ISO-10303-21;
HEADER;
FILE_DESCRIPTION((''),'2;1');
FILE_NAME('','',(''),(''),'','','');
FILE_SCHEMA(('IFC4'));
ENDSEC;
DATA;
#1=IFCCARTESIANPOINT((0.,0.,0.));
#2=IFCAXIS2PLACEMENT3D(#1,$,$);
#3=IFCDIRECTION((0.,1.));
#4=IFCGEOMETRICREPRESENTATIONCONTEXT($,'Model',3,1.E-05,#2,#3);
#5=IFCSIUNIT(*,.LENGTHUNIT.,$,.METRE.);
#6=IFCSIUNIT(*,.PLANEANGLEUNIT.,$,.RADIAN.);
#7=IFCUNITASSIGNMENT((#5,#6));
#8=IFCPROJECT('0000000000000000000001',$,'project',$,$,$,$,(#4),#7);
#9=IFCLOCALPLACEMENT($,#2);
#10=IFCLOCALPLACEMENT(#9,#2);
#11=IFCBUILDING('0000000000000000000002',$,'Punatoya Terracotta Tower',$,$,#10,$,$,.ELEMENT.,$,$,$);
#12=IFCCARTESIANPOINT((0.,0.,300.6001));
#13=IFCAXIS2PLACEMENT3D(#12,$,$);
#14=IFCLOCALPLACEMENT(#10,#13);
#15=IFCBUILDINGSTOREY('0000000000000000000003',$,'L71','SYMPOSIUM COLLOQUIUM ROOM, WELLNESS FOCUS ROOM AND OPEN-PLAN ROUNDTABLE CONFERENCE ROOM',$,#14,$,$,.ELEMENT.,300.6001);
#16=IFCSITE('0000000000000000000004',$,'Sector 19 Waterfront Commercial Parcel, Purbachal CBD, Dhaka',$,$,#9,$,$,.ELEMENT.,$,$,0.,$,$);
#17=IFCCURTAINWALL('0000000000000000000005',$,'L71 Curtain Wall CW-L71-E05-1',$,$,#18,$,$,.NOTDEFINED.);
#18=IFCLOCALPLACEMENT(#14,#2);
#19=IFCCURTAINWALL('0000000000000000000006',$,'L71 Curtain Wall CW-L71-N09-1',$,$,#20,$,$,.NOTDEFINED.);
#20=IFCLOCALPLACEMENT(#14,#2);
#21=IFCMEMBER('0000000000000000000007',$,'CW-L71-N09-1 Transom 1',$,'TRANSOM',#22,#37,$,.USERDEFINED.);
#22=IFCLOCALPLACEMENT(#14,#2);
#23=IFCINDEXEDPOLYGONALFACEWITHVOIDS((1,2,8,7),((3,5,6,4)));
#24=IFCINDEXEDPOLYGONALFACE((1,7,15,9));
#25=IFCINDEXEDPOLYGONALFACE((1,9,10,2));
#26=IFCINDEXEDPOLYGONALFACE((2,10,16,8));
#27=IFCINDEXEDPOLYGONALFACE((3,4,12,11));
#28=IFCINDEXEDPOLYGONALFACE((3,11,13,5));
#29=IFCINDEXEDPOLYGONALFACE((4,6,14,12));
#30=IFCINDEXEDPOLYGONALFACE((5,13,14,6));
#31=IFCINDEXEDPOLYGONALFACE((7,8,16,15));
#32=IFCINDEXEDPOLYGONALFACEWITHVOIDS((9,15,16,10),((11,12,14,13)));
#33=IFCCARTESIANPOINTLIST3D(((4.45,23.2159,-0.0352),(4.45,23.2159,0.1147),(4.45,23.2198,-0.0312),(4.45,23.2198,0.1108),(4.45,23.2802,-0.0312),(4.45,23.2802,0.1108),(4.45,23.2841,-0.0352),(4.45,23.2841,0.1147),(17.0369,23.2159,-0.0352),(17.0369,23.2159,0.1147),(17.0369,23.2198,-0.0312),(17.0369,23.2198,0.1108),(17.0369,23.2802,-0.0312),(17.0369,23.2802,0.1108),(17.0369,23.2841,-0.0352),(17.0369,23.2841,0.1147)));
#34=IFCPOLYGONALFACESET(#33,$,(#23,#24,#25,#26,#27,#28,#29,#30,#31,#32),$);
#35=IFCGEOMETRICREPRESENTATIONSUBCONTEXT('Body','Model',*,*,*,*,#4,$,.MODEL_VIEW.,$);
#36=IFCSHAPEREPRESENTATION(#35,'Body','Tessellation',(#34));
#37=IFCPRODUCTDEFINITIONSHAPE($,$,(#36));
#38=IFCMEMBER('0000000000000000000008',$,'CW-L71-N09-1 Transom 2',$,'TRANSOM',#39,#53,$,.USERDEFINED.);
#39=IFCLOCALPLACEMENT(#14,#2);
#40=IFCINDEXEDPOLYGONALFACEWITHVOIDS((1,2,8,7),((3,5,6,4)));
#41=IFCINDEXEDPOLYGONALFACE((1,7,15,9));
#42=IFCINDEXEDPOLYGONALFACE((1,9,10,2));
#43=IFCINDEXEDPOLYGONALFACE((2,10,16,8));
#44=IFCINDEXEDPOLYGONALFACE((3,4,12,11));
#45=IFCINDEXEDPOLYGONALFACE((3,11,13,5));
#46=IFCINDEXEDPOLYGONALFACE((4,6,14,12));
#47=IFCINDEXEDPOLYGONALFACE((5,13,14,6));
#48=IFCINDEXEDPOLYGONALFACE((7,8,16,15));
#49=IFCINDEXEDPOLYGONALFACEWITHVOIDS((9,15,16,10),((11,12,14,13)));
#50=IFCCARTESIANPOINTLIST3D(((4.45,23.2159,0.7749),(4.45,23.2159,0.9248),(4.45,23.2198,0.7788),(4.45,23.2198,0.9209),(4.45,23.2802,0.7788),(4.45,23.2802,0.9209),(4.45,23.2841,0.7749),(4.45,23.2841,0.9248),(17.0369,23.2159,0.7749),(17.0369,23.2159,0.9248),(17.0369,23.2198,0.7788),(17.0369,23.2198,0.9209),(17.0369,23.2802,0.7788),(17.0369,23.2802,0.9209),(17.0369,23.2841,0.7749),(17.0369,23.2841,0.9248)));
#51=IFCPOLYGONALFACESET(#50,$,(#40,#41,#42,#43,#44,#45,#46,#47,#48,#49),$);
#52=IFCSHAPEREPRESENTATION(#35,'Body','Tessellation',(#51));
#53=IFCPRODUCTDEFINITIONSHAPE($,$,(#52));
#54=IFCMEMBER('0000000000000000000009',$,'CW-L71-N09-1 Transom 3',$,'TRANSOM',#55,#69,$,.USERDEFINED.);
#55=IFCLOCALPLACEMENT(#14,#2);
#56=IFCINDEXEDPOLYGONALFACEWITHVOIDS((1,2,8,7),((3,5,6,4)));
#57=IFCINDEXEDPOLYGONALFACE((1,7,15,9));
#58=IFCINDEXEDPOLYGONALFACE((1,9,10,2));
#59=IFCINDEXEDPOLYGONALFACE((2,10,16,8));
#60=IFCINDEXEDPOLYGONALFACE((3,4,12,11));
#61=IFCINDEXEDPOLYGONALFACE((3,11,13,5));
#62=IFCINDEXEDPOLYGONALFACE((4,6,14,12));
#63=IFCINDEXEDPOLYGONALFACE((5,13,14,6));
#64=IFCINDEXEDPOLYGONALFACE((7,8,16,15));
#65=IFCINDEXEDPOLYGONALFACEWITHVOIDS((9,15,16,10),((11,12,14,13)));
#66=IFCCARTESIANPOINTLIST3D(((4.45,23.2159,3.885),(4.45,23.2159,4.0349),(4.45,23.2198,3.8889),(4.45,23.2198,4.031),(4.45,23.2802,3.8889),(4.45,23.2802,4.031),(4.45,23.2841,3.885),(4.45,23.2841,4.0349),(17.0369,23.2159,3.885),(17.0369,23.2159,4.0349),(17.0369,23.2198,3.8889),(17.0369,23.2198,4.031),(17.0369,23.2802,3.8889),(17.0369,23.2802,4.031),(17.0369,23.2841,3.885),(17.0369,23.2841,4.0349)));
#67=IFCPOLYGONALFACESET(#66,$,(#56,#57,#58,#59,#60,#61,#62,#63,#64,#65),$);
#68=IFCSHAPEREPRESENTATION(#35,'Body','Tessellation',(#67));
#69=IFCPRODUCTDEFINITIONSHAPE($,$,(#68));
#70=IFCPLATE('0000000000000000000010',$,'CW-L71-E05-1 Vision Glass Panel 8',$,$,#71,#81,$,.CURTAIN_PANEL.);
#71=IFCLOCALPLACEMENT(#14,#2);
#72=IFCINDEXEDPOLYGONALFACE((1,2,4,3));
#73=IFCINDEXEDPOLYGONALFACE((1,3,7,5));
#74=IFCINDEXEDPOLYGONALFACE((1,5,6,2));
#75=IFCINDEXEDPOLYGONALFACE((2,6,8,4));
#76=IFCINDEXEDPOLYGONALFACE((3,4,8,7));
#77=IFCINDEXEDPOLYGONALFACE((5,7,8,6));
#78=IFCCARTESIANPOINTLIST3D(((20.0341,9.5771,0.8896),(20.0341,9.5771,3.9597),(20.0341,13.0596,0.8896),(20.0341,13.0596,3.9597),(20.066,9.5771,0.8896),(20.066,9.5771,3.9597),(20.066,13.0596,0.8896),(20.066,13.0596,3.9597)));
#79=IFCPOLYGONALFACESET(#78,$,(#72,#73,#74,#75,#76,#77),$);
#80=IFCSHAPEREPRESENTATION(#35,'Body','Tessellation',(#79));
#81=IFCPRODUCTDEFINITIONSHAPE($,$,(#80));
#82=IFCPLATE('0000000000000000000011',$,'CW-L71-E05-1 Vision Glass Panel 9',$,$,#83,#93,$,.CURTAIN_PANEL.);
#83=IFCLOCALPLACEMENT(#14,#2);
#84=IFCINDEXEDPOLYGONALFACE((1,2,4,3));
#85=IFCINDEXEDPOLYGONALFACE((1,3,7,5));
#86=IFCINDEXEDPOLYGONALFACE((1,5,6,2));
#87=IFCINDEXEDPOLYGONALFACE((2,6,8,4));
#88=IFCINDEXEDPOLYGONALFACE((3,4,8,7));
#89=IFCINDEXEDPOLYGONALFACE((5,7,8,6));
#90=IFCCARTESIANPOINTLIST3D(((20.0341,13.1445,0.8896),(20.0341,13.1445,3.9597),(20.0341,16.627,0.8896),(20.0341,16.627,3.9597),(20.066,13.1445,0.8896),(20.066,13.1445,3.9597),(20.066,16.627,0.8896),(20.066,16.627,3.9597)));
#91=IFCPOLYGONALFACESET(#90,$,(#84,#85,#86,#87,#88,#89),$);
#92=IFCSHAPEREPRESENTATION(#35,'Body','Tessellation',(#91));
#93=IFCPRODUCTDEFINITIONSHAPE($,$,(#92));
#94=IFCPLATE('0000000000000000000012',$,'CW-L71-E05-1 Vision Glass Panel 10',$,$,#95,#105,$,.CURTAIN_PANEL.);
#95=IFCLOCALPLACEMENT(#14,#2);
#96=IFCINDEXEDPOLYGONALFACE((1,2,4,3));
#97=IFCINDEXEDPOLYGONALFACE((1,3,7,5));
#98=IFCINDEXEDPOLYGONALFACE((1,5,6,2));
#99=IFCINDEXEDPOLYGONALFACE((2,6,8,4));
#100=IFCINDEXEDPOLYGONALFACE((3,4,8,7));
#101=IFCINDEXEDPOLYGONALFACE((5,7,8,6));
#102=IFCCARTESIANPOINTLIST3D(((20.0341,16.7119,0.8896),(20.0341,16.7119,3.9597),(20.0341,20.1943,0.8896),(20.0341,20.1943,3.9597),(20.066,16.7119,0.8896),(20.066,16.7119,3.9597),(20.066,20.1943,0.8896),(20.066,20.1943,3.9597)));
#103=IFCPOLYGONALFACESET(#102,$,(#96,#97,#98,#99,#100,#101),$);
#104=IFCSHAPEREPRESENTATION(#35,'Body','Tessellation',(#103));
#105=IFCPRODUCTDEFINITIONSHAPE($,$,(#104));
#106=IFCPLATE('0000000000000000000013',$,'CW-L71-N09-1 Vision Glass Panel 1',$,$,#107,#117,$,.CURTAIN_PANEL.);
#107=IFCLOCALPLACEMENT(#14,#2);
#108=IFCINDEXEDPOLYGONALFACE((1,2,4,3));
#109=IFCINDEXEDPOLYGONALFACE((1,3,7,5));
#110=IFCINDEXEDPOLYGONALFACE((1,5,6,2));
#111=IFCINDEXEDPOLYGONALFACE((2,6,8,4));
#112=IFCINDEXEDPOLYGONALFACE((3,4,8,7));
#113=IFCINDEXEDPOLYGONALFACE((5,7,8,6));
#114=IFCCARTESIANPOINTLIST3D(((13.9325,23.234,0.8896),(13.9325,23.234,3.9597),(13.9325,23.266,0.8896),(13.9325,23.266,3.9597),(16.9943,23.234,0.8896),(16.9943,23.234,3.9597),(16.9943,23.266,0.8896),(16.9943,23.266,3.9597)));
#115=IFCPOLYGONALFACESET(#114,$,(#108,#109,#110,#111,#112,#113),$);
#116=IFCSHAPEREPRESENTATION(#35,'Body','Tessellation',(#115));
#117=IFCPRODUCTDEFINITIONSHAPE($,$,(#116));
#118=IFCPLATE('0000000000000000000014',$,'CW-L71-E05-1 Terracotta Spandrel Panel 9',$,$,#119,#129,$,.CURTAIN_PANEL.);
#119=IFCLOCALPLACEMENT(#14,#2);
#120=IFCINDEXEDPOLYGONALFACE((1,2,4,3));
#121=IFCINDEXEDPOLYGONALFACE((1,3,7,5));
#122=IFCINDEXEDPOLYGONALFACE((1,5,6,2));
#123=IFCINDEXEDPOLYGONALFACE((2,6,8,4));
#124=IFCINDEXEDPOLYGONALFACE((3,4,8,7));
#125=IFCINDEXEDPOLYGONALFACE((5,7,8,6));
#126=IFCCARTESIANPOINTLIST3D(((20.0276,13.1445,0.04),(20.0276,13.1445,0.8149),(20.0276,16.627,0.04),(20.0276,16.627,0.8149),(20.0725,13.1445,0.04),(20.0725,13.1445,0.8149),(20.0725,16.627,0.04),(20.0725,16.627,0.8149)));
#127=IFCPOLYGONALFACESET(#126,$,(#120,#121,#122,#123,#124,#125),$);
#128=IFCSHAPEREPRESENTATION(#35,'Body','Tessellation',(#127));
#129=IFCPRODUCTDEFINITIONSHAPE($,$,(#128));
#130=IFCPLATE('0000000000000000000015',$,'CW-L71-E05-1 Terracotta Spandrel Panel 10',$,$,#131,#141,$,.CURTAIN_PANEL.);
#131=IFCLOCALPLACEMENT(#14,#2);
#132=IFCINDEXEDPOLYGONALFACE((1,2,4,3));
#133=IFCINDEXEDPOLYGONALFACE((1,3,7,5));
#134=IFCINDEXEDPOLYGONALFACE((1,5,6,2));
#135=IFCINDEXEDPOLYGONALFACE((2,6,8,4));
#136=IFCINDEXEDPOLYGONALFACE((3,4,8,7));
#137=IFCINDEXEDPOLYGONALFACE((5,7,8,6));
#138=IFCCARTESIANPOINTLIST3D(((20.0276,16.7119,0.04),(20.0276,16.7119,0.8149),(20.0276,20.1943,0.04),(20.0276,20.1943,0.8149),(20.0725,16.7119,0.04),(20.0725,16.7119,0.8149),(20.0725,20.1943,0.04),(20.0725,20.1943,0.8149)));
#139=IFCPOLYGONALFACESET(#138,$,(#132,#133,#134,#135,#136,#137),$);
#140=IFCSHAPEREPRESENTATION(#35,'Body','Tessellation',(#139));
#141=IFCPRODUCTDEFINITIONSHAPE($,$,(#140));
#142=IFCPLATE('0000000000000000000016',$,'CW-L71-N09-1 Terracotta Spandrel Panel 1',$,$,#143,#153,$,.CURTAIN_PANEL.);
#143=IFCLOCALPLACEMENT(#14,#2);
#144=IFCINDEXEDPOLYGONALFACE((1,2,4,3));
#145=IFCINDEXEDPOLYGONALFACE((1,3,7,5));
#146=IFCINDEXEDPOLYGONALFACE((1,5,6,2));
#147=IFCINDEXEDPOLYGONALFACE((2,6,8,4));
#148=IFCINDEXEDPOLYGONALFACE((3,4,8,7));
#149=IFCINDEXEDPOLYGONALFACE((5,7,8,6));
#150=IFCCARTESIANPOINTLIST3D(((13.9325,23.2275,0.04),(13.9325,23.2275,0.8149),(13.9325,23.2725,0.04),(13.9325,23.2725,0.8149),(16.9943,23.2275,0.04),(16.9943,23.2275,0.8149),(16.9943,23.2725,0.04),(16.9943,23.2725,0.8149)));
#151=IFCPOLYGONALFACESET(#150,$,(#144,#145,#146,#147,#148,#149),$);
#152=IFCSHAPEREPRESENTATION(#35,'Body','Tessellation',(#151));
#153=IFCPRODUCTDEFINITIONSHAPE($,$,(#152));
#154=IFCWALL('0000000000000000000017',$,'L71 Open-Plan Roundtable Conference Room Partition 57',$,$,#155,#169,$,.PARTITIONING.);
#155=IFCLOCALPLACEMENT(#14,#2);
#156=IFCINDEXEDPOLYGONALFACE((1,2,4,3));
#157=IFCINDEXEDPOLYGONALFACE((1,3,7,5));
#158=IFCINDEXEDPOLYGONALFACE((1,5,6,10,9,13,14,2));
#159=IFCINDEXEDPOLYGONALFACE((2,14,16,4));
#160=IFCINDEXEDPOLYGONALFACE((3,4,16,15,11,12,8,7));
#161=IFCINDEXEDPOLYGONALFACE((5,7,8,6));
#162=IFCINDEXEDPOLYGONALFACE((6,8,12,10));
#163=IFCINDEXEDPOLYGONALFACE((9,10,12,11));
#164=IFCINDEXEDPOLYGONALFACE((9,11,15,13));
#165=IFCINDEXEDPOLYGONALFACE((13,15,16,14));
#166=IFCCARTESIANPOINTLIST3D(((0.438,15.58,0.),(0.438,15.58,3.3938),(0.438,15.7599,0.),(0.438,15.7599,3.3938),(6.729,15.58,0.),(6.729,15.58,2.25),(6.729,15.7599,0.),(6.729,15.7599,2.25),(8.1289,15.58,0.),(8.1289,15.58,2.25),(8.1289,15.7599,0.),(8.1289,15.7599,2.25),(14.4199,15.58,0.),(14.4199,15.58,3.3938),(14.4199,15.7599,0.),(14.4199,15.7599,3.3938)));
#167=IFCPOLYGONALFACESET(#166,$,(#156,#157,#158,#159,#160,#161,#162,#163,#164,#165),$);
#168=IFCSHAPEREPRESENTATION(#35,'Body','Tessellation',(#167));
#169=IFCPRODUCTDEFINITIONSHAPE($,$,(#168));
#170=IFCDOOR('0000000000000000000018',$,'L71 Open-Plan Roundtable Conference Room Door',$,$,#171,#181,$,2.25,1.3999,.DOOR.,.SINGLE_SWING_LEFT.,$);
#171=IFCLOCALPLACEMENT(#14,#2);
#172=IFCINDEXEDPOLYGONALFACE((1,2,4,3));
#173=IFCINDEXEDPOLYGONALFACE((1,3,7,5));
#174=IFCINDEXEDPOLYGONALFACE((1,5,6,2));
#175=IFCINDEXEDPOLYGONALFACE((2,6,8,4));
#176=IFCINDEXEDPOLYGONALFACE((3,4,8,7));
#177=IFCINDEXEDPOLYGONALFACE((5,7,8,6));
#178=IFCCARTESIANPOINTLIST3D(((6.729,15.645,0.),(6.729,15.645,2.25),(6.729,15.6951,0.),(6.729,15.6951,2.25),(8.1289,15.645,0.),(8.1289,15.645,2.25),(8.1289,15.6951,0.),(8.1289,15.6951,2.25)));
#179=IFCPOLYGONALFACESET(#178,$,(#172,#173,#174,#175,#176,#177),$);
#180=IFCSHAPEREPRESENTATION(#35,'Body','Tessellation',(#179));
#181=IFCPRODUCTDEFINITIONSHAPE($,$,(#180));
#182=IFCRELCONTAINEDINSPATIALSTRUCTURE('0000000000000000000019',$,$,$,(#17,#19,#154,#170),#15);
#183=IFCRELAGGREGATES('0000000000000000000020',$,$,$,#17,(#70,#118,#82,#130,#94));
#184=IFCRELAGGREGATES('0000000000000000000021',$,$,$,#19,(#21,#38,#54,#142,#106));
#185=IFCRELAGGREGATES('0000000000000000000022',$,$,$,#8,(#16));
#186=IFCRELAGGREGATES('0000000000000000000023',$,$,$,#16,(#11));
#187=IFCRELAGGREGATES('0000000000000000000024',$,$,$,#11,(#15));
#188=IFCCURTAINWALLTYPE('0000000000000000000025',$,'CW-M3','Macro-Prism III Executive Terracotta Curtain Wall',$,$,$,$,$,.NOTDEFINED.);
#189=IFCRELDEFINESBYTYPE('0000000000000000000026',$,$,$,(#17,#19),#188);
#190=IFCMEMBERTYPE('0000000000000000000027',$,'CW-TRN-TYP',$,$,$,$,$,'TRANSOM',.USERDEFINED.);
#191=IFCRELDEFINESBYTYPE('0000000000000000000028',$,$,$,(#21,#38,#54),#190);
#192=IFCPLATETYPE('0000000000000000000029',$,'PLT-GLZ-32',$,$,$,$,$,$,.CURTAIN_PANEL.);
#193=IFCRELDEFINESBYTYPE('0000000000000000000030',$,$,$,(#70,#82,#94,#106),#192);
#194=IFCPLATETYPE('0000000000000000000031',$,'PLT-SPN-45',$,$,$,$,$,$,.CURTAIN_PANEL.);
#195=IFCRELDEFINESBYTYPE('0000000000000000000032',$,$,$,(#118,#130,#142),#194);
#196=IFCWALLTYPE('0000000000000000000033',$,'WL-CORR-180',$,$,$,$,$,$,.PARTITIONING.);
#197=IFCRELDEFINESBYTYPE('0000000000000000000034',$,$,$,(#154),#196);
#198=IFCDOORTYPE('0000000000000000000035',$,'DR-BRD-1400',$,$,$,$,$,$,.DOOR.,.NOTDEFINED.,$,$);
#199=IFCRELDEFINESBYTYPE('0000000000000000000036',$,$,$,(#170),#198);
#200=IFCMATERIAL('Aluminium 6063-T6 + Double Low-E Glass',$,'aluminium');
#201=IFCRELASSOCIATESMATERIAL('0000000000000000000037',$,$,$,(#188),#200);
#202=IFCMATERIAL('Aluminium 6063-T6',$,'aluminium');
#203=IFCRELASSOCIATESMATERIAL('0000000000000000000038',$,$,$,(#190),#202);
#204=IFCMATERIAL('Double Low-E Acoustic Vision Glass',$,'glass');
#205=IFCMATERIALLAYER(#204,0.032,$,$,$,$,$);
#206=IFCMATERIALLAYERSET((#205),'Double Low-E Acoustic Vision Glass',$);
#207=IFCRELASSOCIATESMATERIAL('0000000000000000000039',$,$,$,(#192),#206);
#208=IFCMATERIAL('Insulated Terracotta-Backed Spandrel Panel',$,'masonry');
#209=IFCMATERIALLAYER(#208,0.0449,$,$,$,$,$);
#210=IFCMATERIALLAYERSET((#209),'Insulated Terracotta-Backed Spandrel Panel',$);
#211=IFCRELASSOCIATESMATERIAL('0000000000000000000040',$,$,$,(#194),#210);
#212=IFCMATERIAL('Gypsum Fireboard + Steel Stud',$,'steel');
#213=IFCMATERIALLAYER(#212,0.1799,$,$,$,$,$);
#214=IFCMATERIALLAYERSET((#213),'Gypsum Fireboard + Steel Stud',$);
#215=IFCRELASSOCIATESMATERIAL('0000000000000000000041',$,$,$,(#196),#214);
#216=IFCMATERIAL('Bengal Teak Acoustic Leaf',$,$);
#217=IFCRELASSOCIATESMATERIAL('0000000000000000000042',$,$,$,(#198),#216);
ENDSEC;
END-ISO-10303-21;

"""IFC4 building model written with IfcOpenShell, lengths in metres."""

from ifc_helpers import new_model, si_unit, direction, frame, frame_2d, origin, origin_2d, place, context, subcontext, project, spatial, rectangle, hollow_rectangle, extrude, material, layer, layer_set, material_profile, profile_set, type_object, element, fill, aggregate, save


model = new_model("IFC4")

# Units and contexts
model_context = context("Model", 3, precision=1e-05, world=origin(), true_north=direction((0.0, 1.0)))
body_context = subcontext(model_context, "Body", "Model", "MODEL_VIEW")
ifc_project = project(units=[si_unit("LENGTHUNIT", "METRE"), si_unit("PLANEANGLEUNIT", "RADIAN")], contexts=[model_context])

# Site, building, storey
site_placement = place(None, origin())
site = spatial("IfcSite", under=ifc_project, at=site_placement, Name="Sector 19 Waterfront Commercial Parcel, Purbachal CBD, Dhaka", CompositionType="ELEMENT", RefElevation=0.0)
building_placement = place(site_placement, origin())
building = spatial("IfcBuilding", under=site, at=building_placement, Name="Punatoya Terracotta Tower", CompositionType="ELEMENT")
storey_placement = place(building_placement, frame((0.0, 0.0, 300.6001)))
storey = spatial("IfcBuildingStorey", under=building, at=storey_placement, Name="L71", Description="SYMPOSIUM COLLOQUIUM ROOM, WELLNESS FOCUS ROOM AND OPEN-PLAN ROUNDTABLE CONFERENCE ROOM", CompositionType="ELEMENT", Elevation=300.6001)

# Curtain walls, members
ifc_material_1 = material(Name="Aluminium 6063-T6 + Double Low-E Glass", Category="aluminium")
curtain_wall_type = type_object("IfcCurtainWallType", Name="CW-M3", Description="Macro-Prism III Executive Terracotta Curtain Wall", PredefinedType="NOTDEFINED", material=ifc_material_1)
curtain_wall_1_placement = place(storey_placement, origin())
curtain_wall_1 = element("IfcCurtainWall", 1, at=curtain_wall_1_placement, inside=storey, type_object=curtain_wall_type, Name="L71 Curtain Wall CW-L71-E05-1", PredefinedType="NOTDEFINED")
ifc_material_2 = material(Name="Aluminium 6063-T6", Category="aluminium")
curtain_wall_2_placement = place(storey_placement, origin())
curtain_wall_2 = element("IfcCurtainWall", 2, at=curtain_wall_2_placement, inside=storey, type_object=curtain_wall_type, Name="L71 Curtain Wall CW-L71-N09-1", PredefinedType="NOTDEFINED")
ifc_material_profile_1 = material_profile(ifc_material_2, hollow_rectangle(XDim=0.0681, YDim=0.1499, WallThickness=0.0039, at=origin_2d()))
ifc_profile_set_1 = profile_set([ifc_material_profile_1], Name="Aluminium 6063-T6")
member_type_1 = type_object("IfcMemberType", Name="CW-TRN-TYP", ElementType="TRANSOM", PredefinedType="USERDEFINED", material=ifc_profile_set_1)
member_1_placement = place(storey_placement, frame((17.0369, 23.25, 0.0398), z_axis=(-1.0, 0.0, 0.0), x_axis=(0.0, -1.0, 0.0)))
member_1 = element("IfcMember", 3, at=member_1_placement, type_object=member_type_1, Name="CW-L71-N09-1 Transom 1", ObjectType="TRANSOM", PredefinedType="USERDEFINED", context=body_context, shape_type="SweptSolid", body=[
    extrude(hollow_rectangle(XDim=0.0681, YDim=0.1499, WallThickness=0.0039, at=origin_2d()), origin(), (0.0, 0.0, 1.0), 12.5869),
])
member_2_placement = place(storey_placement, frame((17.0369, 23.25, 0.8499), z_axis=(-1.0, 0.0, 0.0), x_axis=(0.0, -1.0, 0.0)))
member_2 = element("IfcMember", 4, at=member_2_placement, type_object=member_type_1, Name="CW-L71-N09-1 Transom 2", ObjectType="TRANSOM", PredefinedType="USERDEFINED", context=body_context, shape_type="SweptSolid", body=[
    extrude(hollow_rectangle(XDim=0.0681, YDim=0.1499, WallThickness=0.0039, at=origin_2d()), origin(), (0.0, 0.0, 1.0), 12.5869),
])
member_3_placement = place(storey_placement, frame((17.0369, 23.25, 3.96), z_axis=(-1.0, 0.0, 0.0), x_axis=(0.0, -1.0, 0.0)))
member_3 = element("IfcMember", 5, at=member_3_placement, type_object=member_type_1, Name="CW-L71-N09-1 Transom 3", ObjectType="TRANSOM", PredefinedType="USERDEFINED", context=body_context, shape_type="SweptSolid", body=[
    extrude(hollow_rectangle(XDim=0.0681, YDim=0.1499, WallThickness=0.0039, at=origin_2d()), origin(), (0.0, 0.0, 1.0), 12.5869),
])

# Plates
ifc_material_3 = material(Name="Double Low-E Acoustic Vision Glass", Category="glass")
ifc_layer_1 = layer(ifc_material_3, 0.032)
ifc_layer_set_1 = layer_set([ifc_layer_1], Name="Double Low-E Acoustic Vision Glass")
plate_type_1 = type_object("IfcPlateType", Name="PLT-GLZ-32", PredefinedType="CURTAIN_PANEL", material=ifc_layer_set_1)
plate_1_placement = place(storey_placement, frame((20.05, 11.3184, 0.8896), z_axis=(0.0, 0.0, 1.0), x_axis=(0.0, 1.0, 0.0)))
plate_1 = element("IfcPlate", 6, at=plate_1_placement, type_object=plate_type_1, Name="CW-L71-E05-1 Vision Glass Panel 8", PredefinedType="CURTAIN_PANEL", context=body_context, shape_type="SweptSolid", body=[
    extrude(rectangle(XDim=3.4824, YDim=0.032, at=origin_2d()), origin(), (0.0, 0.0, 1.0), 3.0701),
])
plate_2_placement = place(storey_placement, frame((20.05, 14.8857, 0.8896), z_axis=(0.0, 0.0, 1.0), x_axis=(0.0, 1.0, 0.0)))
plate_2 = element("IfcPlate", 7, at=plate_2_placement, type_object=plate_type_1, Name="CW-L71-E05-1 Vision Glass Panel 9", PredefinedType="CURTAIN_PANEL", context=body_context, shape_type="SweptSolid", body=[
    extrude(rectangle(XDim=3.4824, YDim=0.032, at=origin_2d()), origin(), (0.0, 0.0, 1.0), 3.0701),
])
plate_3_placement = place(storey_placement, frame((20.05, 18.4531, 0.8896), z_axis=(0.0, 0.0, 1.0), x_axis=(0.0, 1.0, 0.0)))
plate_3 = element("IfcPlate", 8, at=plate_3_placement, type_object=plate_type_1, Name="CW-L71-E05-1 Vision Glass Panel 10", PredefinedType="CURTAIN_PANEL", context=body_context, shape_type="SweptSolid", body=[
    extrude(rectangle(XDim=3.4824, YDim=0.032, at=origin_2d()), origin(), (0.0, 0.0, 1.0), 3.0701),
])
plate_4_placement = place(storey_placement, frame((15.4634, 23.25, 0.8896), z_axis=(0.0, 0.0, 1.0), x_axis=(-1.0, 0.0, 0.0)))
plate_4 = element("IfcPlate", 9, at=plate_4_placement, type_object=plate_type_1, Name="CW-L71-N09-1 Vision Glass Panel 1", PredefinedType="CURTAIN_PANEL", context=body_context, shape_type="SweptSolid", body=[
    extrude(rectangle(XDim=3.0618, YDim=0.032, at=origin_2d()), origin(), (0.0, 0.0, 1.0), 3.0701),
])
ifc_material_4 = material(Name="Insulated Terracotta-Backed Spandrel Panel", Category="masonry")
ifc_layer_2 = layer(ifc_material_4, 0.0449)
ifc_layer_set_2 = layer_set([ifc_layer_2], Name="Insulated Terracotta-Backed Spandrel Panel")
plate_type_2 = type_object("IfcPlateType", Name="PLT-SPN-45", PredefinedType="CURTAIN_PANEL", material=ifc_layer_set_2)
plate_5_placement = place(storey_placement, frame((20.05, 14.8857, 0.04), z_axis=(0.0, 0.0, 1.0), x_axis=(0.0, 1.0, 0.0)))
plate_5 = element("IfcPlate", 10, at=plate_5_placement, type_object=plate_type_2, Name="CW-L71-E05-1 Terracotta Spandrel Panel 9", PredefinedType="CURTAIN_PANEL", context=body_context, shape_type="SweptSolid", body=[
    extrude(rectangle(XDim=3.4824, YDim=0.0449, at=origin_2d()), origin(), (0.0, 0.0, 1.0), 0.7749),
])
plate_6_placement = place(storey_placement, frame((20.05, 18.4531, 0.04), z_axis=(0.0, 0.0, 1.0), x_axis=(0.0, 1.0, 0.0)))
plate_6 = element("IfcPlate", 11, at=plate_6_placement, type_object=plate_type_2, Name="CW-L71-E05-1 Terracotta Spandrel Panel 10", PredefinedType="CURTAIN_PANEL", context=body_context, shape_type="SweptSolid", body=[
    extrude(rectangle(XDim=3.4824, YDim=0.0449, at=origin_2d()), origin(), (0.0, 0.0, 1.0), 0.7749),
])
aggregate(curtain_wall_1, [plate_1, plate_5, plate_2, plate_6, plate_3])
plate_7_placement = place(storey_placement, frame((15.4634, 23.25, 0.04), z_axis=(0.0, 0.0, 1.0), x_axis=(-1.0, 0.0, 0.0)))
plate_7 = element("IfcPlate", 12, at=plate_7_placement, type_object=plate_type_2, Name="CW-L71-N09-1 Terracotta Spandrel Panel 1", PredefinedType="CURTAIN_PANEL", context=body_context, shape_type="SweptSolid", body=[
    extrude(rectangle(XDim=3.0618, YDim=0.0449, at=origin_2d()), origin(), (0.0, 0.0, 1.0), 0.7749),
])
aggregate(curtain_wall_2, [member_1, member_2, member_3, plate_7, plate_4])

# Wall, opening, door
ifc_material_5 = material(Name="Gypsum Fireboard + Steel Stud", Category="steel")
ifc_layer_3 = layer(ifc_material_5, 0.1799)
ifc_layer_set_3 = layer_set([ifc_layer_3], Name="Gypsum Fireboard + Steel Stud")
wall_type_1 = type_object("IfcWallType", Name="WL-CORR-180", PredefinedType="PARTITIONING", material=ifc_layer_set_3)
wall_1_placement = place(storey_placement, frame((14.4199, 15.6699, 0.0), z_axis=(0.0, 0.0, 1.0), x_axis=(-1.0, 0.0, 0.0)))
wall_1 = element("IfcWall", 13, at=wall_1_placement, inside=storey, type_object=wall_type_1, Name="L71 Open-Plan Roundtable Conference Room Partition 57", PredefinedType="PARTITIONING", context=body_context, shape_type="SweptSolid", body=[
    extrude(rectangle(XDim=13.9819, YDim=0.1799, at=frame_2d((6.991, 0.0))), origin(), (0.0, 0.0, 1.0), 3.3938),
])
opening_placement = place(wall_1_placement, frame((6.291, 0.0, 0.0)))
opening = element("IfcOpeningElement", 14, at=opening_placement, cuts=wall_1, PredefinedType="OPENING", context=body_context, shape_type="SweptSolid", body=[
    extrude(rectangle(XDim=1.3999, YDim=2.25, at=frame_2d((0.7, 1.125))), frame((0.0, 0.0999, 0.0), z_axis=(0.0, -1.0, 0.0), x_axis=(1.0, 0.0, 0.0)), (0.0, 0.0, 1.0), 0.2),
])
ifc_material_6 = material(Name="Bengal Teak Acoustic Leaf")
door_type = type_object("IfcDoorType", Name="DR-BRD-1400", OperationType="NOTDEFINED", PredefinedType="DOOR", material=ifc_material_6)
door_placement = place(opening_placement, origin())
door = element("IfcDoor", 15, at=door_placement, inside=storey, type_object=door_type, Name="L71 Open-Plan Roundtable Conference Room Door", OperationType="SINGLE_SWING_LEFT", OverallHeight=2.25, OverallWidth=1.3999, PredefinedType="DOOR", context=body_context, shape_type="SweptSolid", body=[
    extrude(rectangle(XDim=1.3999, YDim=2.25, at=frame_2d((0.7, 1.125))), frame((0.0, 0.0249, 0.0), z_axis=(0.0, -1.0, 0.0), x_axis=(1.0, 0.0, 0.0)), (0.0, 0.0, 1.0), 0.05),
])
fill(opening, door)

save(model, "model.ifc")
